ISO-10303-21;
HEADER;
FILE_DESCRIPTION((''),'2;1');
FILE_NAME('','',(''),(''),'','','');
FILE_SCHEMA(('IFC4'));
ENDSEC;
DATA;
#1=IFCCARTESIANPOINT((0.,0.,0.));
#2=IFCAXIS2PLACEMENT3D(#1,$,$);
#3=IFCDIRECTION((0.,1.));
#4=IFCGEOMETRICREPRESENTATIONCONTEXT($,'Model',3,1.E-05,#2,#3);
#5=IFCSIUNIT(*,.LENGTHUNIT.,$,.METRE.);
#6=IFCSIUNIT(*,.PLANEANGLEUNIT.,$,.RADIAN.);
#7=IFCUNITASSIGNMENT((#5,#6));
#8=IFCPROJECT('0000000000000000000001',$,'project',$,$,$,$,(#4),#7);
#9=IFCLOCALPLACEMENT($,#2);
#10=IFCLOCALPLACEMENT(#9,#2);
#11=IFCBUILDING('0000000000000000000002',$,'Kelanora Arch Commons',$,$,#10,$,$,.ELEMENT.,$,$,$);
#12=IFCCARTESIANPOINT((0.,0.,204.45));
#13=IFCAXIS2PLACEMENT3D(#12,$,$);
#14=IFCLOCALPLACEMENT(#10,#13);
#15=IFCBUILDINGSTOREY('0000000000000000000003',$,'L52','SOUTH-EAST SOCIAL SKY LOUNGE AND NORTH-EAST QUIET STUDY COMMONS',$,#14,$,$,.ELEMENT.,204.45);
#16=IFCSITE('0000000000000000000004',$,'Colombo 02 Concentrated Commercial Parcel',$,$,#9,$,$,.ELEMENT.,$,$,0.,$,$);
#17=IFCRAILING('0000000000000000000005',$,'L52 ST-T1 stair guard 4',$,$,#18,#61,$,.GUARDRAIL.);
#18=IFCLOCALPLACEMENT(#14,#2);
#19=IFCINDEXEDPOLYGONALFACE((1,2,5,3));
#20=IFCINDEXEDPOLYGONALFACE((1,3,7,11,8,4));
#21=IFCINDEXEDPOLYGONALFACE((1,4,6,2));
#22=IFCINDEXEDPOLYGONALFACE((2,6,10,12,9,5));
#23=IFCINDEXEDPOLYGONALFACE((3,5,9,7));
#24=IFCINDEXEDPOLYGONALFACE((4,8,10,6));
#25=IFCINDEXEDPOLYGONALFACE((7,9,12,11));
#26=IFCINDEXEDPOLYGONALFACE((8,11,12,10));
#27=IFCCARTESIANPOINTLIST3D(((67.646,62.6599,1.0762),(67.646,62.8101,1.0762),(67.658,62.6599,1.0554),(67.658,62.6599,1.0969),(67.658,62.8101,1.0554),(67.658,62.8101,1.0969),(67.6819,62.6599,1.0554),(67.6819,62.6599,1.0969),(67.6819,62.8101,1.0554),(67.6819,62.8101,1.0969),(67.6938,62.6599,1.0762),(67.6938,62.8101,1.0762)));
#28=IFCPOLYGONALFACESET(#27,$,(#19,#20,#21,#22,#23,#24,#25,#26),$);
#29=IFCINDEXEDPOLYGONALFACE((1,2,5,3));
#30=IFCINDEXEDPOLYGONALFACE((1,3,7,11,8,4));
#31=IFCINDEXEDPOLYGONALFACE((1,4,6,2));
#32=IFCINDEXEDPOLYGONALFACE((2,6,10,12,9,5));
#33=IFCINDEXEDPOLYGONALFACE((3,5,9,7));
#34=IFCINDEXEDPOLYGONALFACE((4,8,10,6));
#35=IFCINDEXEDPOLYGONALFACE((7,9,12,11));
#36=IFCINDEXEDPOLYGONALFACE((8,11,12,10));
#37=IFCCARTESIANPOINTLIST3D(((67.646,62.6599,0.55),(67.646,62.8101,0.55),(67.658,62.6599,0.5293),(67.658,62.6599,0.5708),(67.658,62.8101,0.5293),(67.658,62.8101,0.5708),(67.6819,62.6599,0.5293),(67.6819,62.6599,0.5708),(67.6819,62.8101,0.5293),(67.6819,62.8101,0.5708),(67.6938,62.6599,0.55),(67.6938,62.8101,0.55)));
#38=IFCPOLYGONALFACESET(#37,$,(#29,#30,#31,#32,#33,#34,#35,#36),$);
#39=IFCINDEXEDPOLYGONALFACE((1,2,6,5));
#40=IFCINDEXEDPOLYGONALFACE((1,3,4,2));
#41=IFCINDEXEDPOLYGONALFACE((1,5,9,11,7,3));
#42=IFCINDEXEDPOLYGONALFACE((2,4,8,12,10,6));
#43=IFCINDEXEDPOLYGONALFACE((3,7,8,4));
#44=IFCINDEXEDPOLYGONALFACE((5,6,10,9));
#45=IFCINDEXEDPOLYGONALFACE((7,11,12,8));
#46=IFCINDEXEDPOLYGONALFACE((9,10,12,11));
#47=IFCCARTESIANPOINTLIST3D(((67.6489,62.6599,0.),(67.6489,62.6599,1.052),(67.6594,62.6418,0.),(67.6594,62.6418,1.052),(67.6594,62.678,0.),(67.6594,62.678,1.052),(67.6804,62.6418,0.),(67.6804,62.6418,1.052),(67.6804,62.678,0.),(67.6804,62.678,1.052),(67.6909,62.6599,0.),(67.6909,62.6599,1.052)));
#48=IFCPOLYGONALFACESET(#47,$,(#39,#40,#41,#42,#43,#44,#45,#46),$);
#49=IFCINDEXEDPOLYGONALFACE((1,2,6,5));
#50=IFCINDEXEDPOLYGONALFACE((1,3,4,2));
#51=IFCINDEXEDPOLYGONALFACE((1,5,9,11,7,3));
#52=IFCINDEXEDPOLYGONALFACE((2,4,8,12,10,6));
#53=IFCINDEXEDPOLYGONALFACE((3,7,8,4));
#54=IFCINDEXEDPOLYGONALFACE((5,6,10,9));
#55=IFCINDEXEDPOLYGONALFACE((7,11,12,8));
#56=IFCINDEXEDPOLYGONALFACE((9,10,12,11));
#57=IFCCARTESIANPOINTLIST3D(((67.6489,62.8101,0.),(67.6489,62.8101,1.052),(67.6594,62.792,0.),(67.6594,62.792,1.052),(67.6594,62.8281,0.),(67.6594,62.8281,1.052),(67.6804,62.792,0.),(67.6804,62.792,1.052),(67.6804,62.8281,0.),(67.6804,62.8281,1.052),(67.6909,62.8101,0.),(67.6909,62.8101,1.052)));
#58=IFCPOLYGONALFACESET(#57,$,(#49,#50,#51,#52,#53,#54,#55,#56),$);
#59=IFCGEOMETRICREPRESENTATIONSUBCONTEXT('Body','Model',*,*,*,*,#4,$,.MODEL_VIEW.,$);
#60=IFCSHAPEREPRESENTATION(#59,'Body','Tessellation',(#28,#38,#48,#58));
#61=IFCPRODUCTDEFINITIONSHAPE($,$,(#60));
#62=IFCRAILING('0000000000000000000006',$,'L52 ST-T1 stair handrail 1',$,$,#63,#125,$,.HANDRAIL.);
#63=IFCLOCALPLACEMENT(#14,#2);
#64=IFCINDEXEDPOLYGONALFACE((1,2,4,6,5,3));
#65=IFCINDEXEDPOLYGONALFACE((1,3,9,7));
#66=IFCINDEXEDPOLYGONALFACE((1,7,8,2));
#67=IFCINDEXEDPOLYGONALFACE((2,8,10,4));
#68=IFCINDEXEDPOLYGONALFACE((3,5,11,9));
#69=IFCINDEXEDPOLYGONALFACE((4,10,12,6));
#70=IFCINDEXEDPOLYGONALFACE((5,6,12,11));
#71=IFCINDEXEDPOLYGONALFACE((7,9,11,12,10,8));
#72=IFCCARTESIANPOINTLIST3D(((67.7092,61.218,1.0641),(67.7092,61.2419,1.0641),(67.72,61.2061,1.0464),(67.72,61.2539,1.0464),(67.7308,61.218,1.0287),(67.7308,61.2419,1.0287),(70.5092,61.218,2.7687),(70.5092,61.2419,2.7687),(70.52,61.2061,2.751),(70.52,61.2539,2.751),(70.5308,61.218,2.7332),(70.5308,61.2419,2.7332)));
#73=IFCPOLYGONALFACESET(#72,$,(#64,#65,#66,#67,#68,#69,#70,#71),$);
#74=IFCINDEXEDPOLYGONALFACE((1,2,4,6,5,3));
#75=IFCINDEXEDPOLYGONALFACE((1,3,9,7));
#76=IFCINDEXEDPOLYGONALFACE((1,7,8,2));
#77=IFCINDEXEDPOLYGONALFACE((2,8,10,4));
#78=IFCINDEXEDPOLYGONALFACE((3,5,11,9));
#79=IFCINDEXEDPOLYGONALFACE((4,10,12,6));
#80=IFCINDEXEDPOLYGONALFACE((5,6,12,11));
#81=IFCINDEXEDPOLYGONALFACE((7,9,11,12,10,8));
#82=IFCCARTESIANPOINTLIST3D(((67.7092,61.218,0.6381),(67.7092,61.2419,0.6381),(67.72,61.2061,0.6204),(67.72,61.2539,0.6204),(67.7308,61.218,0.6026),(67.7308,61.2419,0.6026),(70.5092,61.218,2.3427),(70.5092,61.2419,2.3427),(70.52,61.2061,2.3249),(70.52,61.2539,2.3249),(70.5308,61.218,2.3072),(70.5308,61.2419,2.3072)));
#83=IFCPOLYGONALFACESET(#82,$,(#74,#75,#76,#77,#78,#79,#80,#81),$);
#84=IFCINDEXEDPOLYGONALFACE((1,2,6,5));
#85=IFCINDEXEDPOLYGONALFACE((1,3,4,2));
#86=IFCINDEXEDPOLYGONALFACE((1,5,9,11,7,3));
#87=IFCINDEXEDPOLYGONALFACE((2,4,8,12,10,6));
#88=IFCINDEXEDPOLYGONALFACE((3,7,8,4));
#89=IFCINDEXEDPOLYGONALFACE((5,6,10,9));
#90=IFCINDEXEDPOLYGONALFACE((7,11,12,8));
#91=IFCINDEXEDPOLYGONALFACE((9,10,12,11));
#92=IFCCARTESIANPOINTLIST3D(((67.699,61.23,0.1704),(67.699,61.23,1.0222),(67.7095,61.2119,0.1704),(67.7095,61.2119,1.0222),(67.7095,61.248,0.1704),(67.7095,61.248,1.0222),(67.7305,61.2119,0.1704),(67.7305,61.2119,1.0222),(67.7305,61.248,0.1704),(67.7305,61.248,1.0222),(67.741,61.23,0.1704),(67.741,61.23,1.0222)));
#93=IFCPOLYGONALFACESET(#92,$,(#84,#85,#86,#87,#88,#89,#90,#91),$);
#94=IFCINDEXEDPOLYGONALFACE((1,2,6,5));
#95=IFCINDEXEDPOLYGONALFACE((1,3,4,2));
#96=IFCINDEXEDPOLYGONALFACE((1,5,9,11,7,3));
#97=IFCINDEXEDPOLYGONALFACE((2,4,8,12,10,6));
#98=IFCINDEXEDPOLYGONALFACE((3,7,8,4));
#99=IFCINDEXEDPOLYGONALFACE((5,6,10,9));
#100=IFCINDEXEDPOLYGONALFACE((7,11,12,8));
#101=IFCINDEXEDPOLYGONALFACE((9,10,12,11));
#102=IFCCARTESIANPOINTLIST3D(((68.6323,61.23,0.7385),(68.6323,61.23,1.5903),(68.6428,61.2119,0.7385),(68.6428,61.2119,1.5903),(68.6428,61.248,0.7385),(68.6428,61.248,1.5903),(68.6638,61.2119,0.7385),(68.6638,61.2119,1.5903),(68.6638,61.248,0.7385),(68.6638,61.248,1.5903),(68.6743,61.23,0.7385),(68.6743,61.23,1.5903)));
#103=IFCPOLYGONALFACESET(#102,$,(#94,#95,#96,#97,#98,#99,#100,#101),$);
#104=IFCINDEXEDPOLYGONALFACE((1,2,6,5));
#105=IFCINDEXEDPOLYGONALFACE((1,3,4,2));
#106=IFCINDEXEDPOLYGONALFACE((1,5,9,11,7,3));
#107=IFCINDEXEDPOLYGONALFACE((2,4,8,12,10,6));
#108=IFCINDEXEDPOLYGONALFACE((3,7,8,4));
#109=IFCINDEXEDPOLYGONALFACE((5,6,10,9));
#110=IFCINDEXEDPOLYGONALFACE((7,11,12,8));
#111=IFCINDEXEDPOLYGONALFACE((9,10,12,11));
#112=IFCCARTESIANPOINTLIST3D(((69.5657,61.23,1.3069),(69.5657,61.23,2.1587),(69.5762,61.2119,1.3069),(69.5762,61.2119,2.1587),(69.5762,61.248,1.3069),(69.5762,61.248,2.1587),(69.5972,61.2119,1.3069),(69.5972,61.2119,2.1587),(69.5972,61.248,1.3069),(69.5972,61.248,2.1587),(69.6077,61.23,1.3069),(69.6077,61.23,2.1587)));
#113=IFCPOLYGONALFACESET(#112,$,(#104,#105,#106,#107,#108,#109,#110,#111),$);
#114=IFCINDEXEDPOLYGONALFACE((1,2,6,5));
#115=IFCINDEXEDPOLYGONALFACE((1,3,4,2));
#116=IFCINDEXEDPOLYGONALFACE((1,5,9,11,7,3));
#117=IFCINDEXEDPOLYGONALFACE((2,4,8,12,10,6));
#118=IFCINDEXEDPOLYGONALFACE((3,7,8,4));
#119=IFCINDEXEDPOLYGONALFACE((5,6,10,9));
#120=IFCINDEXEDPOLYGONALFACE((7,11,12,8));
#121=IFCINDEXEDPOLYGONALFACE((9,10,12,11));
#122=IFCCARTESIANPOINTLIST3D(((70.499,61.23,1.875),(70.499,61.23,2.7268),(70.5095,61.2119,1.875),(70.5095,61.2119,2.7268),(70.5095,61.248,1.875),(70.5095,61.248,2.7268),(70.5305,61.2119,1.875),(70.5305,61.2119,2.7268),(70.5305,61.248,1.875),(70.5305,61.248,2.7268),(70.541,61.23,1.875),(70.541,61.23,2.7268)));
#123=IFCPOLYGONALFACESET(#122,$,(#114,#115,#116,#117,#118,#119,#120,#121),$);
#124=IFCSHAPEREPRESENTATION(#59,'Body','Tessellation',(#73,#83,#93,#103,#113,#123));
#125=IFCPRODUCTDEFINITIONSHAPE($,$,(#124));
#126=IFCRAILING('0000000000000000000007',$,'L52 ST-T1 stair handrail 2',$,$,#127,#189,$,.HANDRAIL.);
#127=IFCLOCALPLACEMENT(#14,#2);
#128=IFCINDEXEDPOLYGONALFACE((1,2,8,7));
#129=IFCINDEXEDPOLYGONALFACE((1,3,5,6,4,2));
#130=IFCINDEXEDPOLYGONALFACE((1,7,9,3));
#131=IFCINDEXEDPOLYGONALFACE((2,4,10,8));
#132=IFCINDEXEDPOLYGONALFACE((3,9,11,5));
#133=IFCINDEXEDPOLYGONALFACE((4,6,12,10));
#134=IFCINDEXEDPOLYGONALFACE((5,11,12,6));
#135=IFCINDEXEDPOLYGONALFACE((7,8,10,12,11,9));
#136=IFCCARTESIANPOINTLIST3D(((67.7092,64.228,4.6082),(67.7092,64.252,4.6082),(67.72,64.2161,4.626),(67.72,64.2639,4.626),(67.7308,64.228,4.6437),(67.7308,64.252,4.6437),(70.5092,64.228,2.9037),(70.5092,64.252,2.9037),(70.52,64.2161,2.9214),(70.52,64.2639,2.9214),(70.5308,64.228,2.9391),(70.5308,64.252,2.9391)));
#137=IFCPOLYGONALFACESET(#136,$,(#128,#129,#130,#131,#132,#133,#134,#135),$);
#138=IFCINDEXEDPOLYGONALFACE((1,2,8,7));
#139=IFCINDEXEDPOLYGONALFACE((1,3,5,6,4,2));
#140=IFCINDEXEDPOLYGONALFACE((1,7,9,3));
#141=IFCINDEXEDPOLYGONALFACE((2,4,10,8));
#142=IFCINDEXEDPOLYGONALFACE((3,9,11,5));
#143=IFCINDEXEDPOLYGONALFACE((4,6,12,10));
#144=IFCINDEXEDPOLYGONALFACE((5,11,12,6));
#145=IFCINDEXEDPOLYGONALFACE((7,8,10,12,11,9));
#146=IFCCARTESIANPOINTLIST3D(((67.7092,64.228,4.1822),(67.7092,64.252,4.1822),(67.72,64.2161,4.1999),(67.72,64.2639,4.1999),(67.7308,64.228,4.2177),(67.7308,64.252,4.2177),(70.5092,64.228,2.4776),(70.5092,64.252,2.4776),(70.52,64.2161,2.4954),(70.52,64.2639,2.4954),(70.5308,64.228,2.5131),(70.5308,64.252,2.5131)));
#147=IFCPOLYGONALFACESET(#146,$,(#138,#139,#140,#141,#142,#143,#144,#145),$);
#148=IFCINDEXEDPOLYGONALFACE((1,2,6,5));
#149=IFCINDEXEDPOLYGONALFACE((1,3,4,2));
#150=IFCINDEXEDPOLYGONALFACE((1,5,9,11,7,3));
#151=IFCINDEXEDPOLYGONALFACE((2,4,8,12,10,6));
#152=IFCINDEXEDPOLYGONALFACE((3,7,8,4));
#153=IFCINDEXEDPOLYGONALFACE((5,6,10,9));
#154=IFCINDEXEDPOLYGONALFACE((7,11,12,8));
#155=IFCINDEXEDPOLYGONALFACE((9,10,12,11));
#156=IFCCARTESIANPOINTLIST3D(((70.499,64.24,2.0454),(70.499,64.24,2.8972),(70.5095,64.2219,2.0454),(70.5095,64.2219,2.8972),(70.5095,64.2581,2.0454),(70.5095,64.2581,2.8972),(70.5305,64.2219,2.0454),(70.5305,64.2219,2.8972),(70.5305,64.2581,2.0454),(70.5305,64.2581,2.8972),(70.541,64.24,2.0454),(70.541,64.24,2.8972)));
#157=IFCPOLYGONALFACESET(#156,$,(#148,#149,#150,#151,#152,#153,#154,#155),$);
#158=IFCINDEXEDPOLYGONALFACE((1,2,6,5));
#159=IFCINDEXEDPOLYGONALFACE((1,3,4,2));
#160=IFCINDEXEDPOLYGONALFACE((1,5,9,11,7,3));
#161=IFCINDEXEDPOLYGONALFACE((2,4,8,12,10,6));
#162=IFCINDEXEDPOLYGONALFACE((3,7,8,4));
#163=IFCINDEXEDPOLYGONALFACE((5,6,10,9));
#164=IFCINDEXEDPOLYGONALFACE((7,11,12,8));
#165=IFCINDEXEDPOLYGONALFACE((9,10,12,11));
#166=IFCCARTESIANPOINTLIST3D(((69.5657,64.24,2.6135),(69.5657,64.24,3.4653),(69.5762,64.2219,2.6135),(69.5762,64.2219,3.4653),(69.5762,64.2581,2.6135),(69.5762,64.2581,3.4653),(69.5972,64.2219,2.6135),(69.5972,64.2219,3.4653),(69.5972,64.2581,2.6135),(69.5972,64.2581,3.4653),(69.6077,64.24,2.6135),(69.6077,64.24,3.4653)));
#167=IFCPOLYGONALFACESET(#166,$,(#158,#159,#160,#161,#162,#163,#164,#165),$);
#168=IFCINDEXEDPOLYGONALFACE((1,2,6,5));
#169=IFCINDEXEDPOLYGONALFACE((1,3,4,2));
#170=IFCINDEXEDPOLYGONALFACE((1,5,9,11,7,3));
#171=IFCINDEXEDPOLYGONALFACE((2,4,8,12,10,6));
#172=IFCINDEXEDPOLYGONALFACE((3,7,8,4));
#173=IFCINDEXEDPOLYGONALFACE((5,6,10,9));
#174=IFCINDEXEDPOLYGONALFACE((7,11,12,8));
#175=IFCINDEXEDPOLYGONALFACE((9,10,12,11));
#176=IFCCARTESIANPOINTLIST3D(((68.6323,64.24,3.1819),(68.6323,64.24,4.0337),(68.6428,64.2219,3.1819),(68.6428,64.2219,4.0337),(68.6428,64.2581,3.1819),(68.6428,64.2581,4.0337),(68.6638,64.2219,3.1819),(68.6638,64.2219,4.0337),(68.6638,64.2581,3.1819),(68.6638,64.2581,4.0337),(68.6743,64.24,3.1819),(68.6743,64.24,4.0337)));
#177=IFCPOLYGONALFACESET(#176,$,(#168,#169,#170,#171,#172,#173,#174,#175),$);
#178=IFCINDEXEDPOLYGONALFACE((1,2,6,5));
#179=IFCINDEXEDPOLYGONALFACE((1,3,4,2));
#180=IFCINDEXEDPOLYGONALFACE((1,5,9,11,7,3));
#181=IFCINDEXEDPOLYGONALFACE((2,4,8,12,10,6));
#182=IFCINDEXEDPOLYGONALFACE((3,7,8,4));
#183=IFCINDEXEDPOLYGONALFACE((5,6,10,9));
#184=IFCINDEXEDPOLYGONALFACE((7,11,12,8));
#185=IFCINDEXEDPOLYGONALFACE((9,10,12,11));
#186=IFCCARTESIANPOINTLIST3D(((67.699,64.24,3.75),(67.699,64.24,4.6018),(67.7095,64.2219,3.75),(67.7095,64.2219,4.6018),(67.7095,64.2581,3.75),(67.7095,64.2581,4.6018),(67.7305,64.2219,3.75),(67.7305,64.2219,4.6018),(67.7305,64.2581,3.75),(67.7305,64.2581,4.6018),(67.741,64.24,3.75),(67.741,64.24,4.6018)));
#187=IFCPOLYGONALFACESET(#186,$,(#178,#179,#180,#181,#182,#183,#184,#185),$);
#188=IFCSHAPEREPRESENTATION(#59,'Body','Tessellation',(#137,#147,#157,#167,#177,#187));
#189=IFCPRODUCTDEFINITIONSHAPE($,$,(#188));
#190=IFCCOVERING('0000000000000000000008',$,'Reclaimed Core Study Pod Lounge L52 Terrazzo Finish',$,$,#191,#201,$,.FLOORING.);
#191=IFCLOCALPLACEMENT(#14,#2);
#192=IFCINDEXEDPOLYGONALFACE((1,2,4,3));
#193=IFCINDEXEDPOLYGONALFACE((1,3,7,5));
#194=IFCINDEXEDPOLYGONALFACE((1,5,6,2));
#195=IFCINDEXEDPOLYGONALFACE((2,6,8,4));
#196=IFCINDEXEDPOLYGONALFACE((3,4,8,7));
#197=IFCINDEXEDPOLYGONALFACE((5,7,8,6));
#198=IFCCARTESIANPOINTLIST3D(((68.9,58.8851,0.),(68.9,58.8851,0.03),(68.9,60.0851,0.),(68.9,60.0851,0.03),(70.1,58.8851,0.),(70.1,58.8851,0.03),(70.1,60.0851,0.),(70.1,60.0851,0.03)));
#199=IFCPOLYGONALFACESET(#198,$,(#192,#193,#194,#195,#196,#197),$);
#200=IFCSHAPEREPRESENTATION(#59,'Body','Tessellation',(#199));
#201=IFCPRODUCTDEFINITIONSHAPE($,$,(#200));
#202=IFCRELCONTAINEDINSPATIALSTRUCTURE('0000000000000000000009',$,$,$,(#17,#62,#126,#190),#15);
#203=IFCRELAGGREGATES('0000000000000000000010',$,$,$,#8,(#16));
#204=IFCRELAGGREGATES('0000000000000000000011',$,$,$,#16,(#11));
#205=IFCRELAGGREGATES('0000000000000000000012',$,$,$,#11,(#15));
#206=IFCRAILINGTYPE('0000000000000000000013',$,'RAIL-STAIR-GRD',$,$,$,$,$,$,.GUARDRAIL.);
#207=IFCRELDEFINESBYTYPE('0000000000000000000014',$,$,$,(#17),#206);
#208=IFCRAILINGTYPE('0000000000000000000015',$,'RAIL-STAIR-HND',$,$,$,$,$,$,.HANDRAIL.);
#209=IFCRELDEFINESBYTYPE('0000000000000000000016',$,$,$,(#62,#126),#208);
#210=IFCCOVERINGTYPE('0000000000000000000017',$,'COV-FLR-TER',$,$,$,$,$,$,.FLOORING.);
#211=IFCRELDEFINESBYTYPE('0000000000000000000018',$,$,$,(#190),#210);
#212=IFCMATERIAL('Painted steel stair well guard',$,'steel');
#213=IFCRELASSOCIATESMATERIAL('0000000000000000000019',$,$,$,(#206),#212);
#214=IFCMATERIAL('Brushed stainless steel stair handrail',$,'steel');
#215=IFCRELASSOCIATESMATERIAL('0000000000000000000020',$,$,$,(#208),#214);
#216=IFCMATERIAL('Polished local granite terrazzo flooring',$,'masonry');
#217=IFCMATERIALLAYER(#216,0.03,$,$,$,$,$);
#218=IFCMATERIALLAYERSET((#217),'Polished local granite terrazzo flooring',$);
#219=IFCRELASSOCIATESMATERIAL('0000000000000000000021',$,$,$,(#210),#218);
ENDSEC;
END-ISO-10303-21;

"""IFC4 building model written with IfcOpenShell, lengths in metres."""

from ifc_helpers import new_model, si_unit, direction, frame, origin, origin_2d, place, context, subcontext, project, spatial, polyline, rectangle, outline, extrude, source, transform, mapped, material, layer, layer_set, type_object, element, save


model = new_model("IFC4")

# Units and contexts
model_context = context("Model", 3, precision=1e-05, world=origin(), true_north=direction((0.0, 1.0)))
body_context = subcontext(model_context, "Body", "Model", "MODEL_VIEW")
ifc_project = project(units=[si_unit("LENGTHUNIT", "METRE"), si_unit("PLANEANGLEUNIT", "RADIAN")], contexts=[model_context])

# Site, building, storey
site_placement = place(None, origin())
site = spatial("IfcSite", under=ifc_project, at=site_placement, Name="Colombo 02 Concentrated Commercial Parcel", CompositionType="ELEMENT", RefElevation=0.0)
building_placement = place(site_placement, origin())
building = spatial("IfcBuilding", under=site, at=building_placement, Name="Kelanora Arch Commons", CompositionType="ELEMENT")
storey_placement = place(building_placement, frame((0.0, 0.0, 204.45)))
storey = spatial("IfcBuildingStorey", under=building, at=storey_placement, Name="L52", Description="SOUTH-EAST SOCIAL SKY LOUNGE AND NORTH-EAST QUIET STUDY COMMONS", CompositionType="ELEMENT", Elevation=204.45)

# Railings
ifc_material_1 = material(Name="Painted steel stair well guard", Category="steel")
railing_type_1 = type_object("IfcRailingType", Name="RAIL-STAIR-GRD", PredefinedType="GUARDRAIL", material=ifc_material_1)
railing_1_placement = place(storey_placement, frame((67.6699, 62.6599, 0.0)))
element("IfcRailing", 1, at=railing_1_placement, inside=storey, type_object=railing_type_1, Name="L52 ST-T1 stair guard 4", PredefinedType="GUARDRAIL", context=body_context, shape_type="SweptSolid", body=[
    extrude(outline(polyline([(0.0239, 0.0), (0.012, 0.0208), (-0.012, 0.0208), (-0.0239, 0.0), (-0.012, -0.0208), (0.012, -0.0208), (0.0239, 0.0)])), frame((0.0, 0.0, 1.0762), z_axis=(0.0, 1.0, 0.0), x_axis=(-1.0, 0.0, 0.0)), (0.0, 0.0, 1.0), 0.1501),
    extrude(outline(polyline([(0.0239, 0.0), (0.012, 0.0208), (-0.012, 0.0208), (-0.0239, 0.0), (-0.012, -0.0208), (0.012, -0.0208), (0.0239, 0.0)])), frame((0.0, 0.0, 0.55), z_axis=(0.0, 1.0, 0.0), x_axis=(-1.0, 0.0, 0.0)), (0.0, 0.0, 1.0), 0.1501),
    extrude(outline(polyline([(0.021, 0.0), (0.0105, 0.0181), (-0.0105, 0.0181), (-0.021, 0.0), (-0.0105, -0.0181), (0.0105, -0.0181), (0.021, 0.0)])), origin(), (0.0, 0.0, 1.0), 1.052),
    extrude(outline(polyline([(0.021, 0.0), (0.0105, 0.0181), (-0.0105, 0.0181), (-0.021, 0.0), (-0.0105, -0.0181), (0.0105, -0.0181), (0.021, 0.0)])), frame((0.0, 0.1501, 0.0)), (0.0, 0.0, 1.0), 1.052),
])
ifc_material_2 = material(Name="Brushed stainless steel stair handrail", Category="steel")
railing_type_2 = type_object("IfcRailingType", Name="RAIL-STAIR-HND", PredefinedType="HANDRAIL", material=ifc_material_2)
railing_2_placement = place(storey_placement, frame((67.72, 61.23, 0.1704)))
element("IfcRailing", 2, at=railing_2_placement, inside=storey, type_object=railing_type_2, Name="L52 ST-T1 stair handrail 1", PredefinedType="HANDRAIL", context=body_context, shape_type="SweptSolid", body=[
    extrude(outline(polyline([(0.0239, 0.0), (0.012, 0.0208), (-0.012, 0.0208), (-0.0239, 0.0), (-0.012, -0.0208), (0.012, -0.0208), (0.0239, 0.0)])), frame((0.0, 0.0, 0.876), z_axis=(0.85417, 0.0, 0.519994), x_axis=(0.0, 1.0, 0.0)), (0.0, 0.0, 1.0), 3.2781),
    extrude(outline(polyline([(0.0239, 0.0), (0.012, 0.0208), (-0.012, 0.0208), (-0.0239, 0.0), (-0.012, -0.0208), (0.012, -0.0208), (0.0239, 0.0)])), frame((0.0, 0.0, 0.45), z_axis=(0.85417, 0.0, 0.519994), x_axis=(0.0, 1.0, 0.0)), (0.0, 0.0, 1.0), 3.2781),
    extrude(outline(polyline([(0.021, 0.0), (0.0105, 0.0181), (-0.0105, 0.0181), (-0.021, 0.0), (-0.0105, -0.0181), (0.0105, -0.0181), (0.021, 0.0)])), origin(), (0.0, 0.0, 1.0), 0.8518),
    extrude(outline(polyline([(0.021, 0.0), (0.0105, 0.0181), (-0.0105, 0.0181), (-0.021, 0.0), (-0.0105, -0.0181), (0.0105, -0.0181), (0.021, 0.0)])), frame((0.9333, 0.0, 0.5681)), (0.0, 0.0, 1.0), 0.8518),
    extrude(outline(polyline([(0.021, 0.0), (0.0105, 0.0181), (-0.0105, 0.0181), (-0.021, 0.0), (-0.0105, -0.0181), (0.0105, -0.0181), (0.021, 0.0)])), frame((1.8667, 0.0, 1.1365)), (0.0, 0.0, 1.0), 0.8518),
    extrude(outline(polyline([(0.021, 0.0), (0.0105, 0.0181), (-0.0105, 0.0181), (-0.021, 0.0), (-0.0105, -0.0181), (0.0105, -0.0181), (0.021, 0.0)])), frame((2.8, 0.0, 1.7046)), (0.0, 0.0, 1.0), 0.8518),
])
railing_3_placement = place(storey_placement, frame((70.52, 64.24, 2.0454)))
element("IfcRailing", 3, at=railing_3_placement, inside=storey, type_object=railing_type_2, Name="L52 ST-T1 stair handrail 2", PredefinedType="HANDRAIL", context=body_context, shape_type="SweptSolid", body=[
    extrude(outline(polyline([(0.0239, 0.0), (0.012, 0.0208), (-0.012, 0.0208), (-0.0239, 0.0), (-0.012, -0.0208), (0.012, -0.0208), (0.0239, 0.0)])), frame((0.0, 0.0, 0.876), z_axis=(-0.85417, 0.0, 0.519994), x_axis=(0.0, -1.0, 0.0)), (0.0, 0.0, 1.0), 3.2781),
    extrude(outline(polyline([(0.0239, 0.0), (0.012, 0.0208), (-0.012, 0.0208), (-0.0239, 0.0), (-0.012, -0.0208), (0.012, -0.0208), (0.0239, 0.0)])), frame((0.0, 0.0, 0.45), z_axis=(-0.85417, 0.0, 0.519994), x_axis=(0.0, -1.0, 0.0)), (0.0, 0.0, 1.0), 3.2781),
    extrude(outline(polyline([(0.021, 0.0), (0.0105, 0.0181), (-0.0105, 0.0181), (-0.021, 0.0), (-0.0105, -0.0181), (0.0105, -0.0181), (0.021, 0.0)])), origin(), (0.0, 0.0, 1.0), 0.8518),
    extrude(outline(polyline([(0.021, 0.0), (0.0105, 0.0181), (-0.0105, 0.0181), (-0.021, 0.0), (-0.0105, -0.0181), (0.0105, -0.0181), (0.021, 0.0)])), frame((-0.9333, 0.0, 0.5681)), (0.0, 0.0, 1.0), 0.8518),
    extrude(outline(polyline([(0.021, 0.0), (0.0105, 0.0181), (-0.0105, 0.0181), (-0.021, 0.0), (-0.0105, -0.0181), (0.0105, -0.0181), (0.021, 0.0)])), frame((-1.8667, 0.0, 1.1365)), (0.0, 0.0, 1.0), 0.8518),
    extrude(outline(polyline([(0.021, 0.0), (0.0105, 0.0181), (-0.0105, 0.0181), (-0.021, 0.0), (-0.0105, -0.0181), (0.0105, -0.0181), (0.021, 0.0)])), frame((-2.8, 0.0, 1.7046)), (0.0, 0.0, 1.0), 0.8518),
])

# Covering
ifc_material_3 = material(Name="Polished local granite terrazzo flooring", Category="masonry")
ifc_layer_1 = layer(ifc_material_3, 0.03)
ifc_layer_set_1 = layer_set([ifc_layer_1], Name="Polished local granite terrazzo flooring")
covering_type = type_object("IfcCoveringType", Name="COV-FLR-TER", PredefinedType="FLOORING", material=ifc_layer_set_1)
shared_shape = source(origin(), body_context, "Body", "SweptSolid", [
    extrude(rectangle(XDim=1.2, YDim=1.2, at=origin_2d()), origin(), (0.0, 0.0, 1.0), 0.03),
])
covering_placement = place(storey_placement, frame((69.5, 59.4851, 0.0), z_axis=(0.0, 0.0, 1.0), x_axis=(1.0, 0.0, 0.0)))
element("IfcCovering", 4, at=covering_placement, inside=storey, type_object=covering_type, Name="Reclaimed Core Study Pod Lounge L52 Terrazzo Finish", PredefinedType="FLOORING", context=body_context, shape_type="MappedRepresentation", body=[
    mapped(shared_shape, transform((0.0, 0.0, 0.0), scale=1.0)),
])

save(model, "model.ifc")
